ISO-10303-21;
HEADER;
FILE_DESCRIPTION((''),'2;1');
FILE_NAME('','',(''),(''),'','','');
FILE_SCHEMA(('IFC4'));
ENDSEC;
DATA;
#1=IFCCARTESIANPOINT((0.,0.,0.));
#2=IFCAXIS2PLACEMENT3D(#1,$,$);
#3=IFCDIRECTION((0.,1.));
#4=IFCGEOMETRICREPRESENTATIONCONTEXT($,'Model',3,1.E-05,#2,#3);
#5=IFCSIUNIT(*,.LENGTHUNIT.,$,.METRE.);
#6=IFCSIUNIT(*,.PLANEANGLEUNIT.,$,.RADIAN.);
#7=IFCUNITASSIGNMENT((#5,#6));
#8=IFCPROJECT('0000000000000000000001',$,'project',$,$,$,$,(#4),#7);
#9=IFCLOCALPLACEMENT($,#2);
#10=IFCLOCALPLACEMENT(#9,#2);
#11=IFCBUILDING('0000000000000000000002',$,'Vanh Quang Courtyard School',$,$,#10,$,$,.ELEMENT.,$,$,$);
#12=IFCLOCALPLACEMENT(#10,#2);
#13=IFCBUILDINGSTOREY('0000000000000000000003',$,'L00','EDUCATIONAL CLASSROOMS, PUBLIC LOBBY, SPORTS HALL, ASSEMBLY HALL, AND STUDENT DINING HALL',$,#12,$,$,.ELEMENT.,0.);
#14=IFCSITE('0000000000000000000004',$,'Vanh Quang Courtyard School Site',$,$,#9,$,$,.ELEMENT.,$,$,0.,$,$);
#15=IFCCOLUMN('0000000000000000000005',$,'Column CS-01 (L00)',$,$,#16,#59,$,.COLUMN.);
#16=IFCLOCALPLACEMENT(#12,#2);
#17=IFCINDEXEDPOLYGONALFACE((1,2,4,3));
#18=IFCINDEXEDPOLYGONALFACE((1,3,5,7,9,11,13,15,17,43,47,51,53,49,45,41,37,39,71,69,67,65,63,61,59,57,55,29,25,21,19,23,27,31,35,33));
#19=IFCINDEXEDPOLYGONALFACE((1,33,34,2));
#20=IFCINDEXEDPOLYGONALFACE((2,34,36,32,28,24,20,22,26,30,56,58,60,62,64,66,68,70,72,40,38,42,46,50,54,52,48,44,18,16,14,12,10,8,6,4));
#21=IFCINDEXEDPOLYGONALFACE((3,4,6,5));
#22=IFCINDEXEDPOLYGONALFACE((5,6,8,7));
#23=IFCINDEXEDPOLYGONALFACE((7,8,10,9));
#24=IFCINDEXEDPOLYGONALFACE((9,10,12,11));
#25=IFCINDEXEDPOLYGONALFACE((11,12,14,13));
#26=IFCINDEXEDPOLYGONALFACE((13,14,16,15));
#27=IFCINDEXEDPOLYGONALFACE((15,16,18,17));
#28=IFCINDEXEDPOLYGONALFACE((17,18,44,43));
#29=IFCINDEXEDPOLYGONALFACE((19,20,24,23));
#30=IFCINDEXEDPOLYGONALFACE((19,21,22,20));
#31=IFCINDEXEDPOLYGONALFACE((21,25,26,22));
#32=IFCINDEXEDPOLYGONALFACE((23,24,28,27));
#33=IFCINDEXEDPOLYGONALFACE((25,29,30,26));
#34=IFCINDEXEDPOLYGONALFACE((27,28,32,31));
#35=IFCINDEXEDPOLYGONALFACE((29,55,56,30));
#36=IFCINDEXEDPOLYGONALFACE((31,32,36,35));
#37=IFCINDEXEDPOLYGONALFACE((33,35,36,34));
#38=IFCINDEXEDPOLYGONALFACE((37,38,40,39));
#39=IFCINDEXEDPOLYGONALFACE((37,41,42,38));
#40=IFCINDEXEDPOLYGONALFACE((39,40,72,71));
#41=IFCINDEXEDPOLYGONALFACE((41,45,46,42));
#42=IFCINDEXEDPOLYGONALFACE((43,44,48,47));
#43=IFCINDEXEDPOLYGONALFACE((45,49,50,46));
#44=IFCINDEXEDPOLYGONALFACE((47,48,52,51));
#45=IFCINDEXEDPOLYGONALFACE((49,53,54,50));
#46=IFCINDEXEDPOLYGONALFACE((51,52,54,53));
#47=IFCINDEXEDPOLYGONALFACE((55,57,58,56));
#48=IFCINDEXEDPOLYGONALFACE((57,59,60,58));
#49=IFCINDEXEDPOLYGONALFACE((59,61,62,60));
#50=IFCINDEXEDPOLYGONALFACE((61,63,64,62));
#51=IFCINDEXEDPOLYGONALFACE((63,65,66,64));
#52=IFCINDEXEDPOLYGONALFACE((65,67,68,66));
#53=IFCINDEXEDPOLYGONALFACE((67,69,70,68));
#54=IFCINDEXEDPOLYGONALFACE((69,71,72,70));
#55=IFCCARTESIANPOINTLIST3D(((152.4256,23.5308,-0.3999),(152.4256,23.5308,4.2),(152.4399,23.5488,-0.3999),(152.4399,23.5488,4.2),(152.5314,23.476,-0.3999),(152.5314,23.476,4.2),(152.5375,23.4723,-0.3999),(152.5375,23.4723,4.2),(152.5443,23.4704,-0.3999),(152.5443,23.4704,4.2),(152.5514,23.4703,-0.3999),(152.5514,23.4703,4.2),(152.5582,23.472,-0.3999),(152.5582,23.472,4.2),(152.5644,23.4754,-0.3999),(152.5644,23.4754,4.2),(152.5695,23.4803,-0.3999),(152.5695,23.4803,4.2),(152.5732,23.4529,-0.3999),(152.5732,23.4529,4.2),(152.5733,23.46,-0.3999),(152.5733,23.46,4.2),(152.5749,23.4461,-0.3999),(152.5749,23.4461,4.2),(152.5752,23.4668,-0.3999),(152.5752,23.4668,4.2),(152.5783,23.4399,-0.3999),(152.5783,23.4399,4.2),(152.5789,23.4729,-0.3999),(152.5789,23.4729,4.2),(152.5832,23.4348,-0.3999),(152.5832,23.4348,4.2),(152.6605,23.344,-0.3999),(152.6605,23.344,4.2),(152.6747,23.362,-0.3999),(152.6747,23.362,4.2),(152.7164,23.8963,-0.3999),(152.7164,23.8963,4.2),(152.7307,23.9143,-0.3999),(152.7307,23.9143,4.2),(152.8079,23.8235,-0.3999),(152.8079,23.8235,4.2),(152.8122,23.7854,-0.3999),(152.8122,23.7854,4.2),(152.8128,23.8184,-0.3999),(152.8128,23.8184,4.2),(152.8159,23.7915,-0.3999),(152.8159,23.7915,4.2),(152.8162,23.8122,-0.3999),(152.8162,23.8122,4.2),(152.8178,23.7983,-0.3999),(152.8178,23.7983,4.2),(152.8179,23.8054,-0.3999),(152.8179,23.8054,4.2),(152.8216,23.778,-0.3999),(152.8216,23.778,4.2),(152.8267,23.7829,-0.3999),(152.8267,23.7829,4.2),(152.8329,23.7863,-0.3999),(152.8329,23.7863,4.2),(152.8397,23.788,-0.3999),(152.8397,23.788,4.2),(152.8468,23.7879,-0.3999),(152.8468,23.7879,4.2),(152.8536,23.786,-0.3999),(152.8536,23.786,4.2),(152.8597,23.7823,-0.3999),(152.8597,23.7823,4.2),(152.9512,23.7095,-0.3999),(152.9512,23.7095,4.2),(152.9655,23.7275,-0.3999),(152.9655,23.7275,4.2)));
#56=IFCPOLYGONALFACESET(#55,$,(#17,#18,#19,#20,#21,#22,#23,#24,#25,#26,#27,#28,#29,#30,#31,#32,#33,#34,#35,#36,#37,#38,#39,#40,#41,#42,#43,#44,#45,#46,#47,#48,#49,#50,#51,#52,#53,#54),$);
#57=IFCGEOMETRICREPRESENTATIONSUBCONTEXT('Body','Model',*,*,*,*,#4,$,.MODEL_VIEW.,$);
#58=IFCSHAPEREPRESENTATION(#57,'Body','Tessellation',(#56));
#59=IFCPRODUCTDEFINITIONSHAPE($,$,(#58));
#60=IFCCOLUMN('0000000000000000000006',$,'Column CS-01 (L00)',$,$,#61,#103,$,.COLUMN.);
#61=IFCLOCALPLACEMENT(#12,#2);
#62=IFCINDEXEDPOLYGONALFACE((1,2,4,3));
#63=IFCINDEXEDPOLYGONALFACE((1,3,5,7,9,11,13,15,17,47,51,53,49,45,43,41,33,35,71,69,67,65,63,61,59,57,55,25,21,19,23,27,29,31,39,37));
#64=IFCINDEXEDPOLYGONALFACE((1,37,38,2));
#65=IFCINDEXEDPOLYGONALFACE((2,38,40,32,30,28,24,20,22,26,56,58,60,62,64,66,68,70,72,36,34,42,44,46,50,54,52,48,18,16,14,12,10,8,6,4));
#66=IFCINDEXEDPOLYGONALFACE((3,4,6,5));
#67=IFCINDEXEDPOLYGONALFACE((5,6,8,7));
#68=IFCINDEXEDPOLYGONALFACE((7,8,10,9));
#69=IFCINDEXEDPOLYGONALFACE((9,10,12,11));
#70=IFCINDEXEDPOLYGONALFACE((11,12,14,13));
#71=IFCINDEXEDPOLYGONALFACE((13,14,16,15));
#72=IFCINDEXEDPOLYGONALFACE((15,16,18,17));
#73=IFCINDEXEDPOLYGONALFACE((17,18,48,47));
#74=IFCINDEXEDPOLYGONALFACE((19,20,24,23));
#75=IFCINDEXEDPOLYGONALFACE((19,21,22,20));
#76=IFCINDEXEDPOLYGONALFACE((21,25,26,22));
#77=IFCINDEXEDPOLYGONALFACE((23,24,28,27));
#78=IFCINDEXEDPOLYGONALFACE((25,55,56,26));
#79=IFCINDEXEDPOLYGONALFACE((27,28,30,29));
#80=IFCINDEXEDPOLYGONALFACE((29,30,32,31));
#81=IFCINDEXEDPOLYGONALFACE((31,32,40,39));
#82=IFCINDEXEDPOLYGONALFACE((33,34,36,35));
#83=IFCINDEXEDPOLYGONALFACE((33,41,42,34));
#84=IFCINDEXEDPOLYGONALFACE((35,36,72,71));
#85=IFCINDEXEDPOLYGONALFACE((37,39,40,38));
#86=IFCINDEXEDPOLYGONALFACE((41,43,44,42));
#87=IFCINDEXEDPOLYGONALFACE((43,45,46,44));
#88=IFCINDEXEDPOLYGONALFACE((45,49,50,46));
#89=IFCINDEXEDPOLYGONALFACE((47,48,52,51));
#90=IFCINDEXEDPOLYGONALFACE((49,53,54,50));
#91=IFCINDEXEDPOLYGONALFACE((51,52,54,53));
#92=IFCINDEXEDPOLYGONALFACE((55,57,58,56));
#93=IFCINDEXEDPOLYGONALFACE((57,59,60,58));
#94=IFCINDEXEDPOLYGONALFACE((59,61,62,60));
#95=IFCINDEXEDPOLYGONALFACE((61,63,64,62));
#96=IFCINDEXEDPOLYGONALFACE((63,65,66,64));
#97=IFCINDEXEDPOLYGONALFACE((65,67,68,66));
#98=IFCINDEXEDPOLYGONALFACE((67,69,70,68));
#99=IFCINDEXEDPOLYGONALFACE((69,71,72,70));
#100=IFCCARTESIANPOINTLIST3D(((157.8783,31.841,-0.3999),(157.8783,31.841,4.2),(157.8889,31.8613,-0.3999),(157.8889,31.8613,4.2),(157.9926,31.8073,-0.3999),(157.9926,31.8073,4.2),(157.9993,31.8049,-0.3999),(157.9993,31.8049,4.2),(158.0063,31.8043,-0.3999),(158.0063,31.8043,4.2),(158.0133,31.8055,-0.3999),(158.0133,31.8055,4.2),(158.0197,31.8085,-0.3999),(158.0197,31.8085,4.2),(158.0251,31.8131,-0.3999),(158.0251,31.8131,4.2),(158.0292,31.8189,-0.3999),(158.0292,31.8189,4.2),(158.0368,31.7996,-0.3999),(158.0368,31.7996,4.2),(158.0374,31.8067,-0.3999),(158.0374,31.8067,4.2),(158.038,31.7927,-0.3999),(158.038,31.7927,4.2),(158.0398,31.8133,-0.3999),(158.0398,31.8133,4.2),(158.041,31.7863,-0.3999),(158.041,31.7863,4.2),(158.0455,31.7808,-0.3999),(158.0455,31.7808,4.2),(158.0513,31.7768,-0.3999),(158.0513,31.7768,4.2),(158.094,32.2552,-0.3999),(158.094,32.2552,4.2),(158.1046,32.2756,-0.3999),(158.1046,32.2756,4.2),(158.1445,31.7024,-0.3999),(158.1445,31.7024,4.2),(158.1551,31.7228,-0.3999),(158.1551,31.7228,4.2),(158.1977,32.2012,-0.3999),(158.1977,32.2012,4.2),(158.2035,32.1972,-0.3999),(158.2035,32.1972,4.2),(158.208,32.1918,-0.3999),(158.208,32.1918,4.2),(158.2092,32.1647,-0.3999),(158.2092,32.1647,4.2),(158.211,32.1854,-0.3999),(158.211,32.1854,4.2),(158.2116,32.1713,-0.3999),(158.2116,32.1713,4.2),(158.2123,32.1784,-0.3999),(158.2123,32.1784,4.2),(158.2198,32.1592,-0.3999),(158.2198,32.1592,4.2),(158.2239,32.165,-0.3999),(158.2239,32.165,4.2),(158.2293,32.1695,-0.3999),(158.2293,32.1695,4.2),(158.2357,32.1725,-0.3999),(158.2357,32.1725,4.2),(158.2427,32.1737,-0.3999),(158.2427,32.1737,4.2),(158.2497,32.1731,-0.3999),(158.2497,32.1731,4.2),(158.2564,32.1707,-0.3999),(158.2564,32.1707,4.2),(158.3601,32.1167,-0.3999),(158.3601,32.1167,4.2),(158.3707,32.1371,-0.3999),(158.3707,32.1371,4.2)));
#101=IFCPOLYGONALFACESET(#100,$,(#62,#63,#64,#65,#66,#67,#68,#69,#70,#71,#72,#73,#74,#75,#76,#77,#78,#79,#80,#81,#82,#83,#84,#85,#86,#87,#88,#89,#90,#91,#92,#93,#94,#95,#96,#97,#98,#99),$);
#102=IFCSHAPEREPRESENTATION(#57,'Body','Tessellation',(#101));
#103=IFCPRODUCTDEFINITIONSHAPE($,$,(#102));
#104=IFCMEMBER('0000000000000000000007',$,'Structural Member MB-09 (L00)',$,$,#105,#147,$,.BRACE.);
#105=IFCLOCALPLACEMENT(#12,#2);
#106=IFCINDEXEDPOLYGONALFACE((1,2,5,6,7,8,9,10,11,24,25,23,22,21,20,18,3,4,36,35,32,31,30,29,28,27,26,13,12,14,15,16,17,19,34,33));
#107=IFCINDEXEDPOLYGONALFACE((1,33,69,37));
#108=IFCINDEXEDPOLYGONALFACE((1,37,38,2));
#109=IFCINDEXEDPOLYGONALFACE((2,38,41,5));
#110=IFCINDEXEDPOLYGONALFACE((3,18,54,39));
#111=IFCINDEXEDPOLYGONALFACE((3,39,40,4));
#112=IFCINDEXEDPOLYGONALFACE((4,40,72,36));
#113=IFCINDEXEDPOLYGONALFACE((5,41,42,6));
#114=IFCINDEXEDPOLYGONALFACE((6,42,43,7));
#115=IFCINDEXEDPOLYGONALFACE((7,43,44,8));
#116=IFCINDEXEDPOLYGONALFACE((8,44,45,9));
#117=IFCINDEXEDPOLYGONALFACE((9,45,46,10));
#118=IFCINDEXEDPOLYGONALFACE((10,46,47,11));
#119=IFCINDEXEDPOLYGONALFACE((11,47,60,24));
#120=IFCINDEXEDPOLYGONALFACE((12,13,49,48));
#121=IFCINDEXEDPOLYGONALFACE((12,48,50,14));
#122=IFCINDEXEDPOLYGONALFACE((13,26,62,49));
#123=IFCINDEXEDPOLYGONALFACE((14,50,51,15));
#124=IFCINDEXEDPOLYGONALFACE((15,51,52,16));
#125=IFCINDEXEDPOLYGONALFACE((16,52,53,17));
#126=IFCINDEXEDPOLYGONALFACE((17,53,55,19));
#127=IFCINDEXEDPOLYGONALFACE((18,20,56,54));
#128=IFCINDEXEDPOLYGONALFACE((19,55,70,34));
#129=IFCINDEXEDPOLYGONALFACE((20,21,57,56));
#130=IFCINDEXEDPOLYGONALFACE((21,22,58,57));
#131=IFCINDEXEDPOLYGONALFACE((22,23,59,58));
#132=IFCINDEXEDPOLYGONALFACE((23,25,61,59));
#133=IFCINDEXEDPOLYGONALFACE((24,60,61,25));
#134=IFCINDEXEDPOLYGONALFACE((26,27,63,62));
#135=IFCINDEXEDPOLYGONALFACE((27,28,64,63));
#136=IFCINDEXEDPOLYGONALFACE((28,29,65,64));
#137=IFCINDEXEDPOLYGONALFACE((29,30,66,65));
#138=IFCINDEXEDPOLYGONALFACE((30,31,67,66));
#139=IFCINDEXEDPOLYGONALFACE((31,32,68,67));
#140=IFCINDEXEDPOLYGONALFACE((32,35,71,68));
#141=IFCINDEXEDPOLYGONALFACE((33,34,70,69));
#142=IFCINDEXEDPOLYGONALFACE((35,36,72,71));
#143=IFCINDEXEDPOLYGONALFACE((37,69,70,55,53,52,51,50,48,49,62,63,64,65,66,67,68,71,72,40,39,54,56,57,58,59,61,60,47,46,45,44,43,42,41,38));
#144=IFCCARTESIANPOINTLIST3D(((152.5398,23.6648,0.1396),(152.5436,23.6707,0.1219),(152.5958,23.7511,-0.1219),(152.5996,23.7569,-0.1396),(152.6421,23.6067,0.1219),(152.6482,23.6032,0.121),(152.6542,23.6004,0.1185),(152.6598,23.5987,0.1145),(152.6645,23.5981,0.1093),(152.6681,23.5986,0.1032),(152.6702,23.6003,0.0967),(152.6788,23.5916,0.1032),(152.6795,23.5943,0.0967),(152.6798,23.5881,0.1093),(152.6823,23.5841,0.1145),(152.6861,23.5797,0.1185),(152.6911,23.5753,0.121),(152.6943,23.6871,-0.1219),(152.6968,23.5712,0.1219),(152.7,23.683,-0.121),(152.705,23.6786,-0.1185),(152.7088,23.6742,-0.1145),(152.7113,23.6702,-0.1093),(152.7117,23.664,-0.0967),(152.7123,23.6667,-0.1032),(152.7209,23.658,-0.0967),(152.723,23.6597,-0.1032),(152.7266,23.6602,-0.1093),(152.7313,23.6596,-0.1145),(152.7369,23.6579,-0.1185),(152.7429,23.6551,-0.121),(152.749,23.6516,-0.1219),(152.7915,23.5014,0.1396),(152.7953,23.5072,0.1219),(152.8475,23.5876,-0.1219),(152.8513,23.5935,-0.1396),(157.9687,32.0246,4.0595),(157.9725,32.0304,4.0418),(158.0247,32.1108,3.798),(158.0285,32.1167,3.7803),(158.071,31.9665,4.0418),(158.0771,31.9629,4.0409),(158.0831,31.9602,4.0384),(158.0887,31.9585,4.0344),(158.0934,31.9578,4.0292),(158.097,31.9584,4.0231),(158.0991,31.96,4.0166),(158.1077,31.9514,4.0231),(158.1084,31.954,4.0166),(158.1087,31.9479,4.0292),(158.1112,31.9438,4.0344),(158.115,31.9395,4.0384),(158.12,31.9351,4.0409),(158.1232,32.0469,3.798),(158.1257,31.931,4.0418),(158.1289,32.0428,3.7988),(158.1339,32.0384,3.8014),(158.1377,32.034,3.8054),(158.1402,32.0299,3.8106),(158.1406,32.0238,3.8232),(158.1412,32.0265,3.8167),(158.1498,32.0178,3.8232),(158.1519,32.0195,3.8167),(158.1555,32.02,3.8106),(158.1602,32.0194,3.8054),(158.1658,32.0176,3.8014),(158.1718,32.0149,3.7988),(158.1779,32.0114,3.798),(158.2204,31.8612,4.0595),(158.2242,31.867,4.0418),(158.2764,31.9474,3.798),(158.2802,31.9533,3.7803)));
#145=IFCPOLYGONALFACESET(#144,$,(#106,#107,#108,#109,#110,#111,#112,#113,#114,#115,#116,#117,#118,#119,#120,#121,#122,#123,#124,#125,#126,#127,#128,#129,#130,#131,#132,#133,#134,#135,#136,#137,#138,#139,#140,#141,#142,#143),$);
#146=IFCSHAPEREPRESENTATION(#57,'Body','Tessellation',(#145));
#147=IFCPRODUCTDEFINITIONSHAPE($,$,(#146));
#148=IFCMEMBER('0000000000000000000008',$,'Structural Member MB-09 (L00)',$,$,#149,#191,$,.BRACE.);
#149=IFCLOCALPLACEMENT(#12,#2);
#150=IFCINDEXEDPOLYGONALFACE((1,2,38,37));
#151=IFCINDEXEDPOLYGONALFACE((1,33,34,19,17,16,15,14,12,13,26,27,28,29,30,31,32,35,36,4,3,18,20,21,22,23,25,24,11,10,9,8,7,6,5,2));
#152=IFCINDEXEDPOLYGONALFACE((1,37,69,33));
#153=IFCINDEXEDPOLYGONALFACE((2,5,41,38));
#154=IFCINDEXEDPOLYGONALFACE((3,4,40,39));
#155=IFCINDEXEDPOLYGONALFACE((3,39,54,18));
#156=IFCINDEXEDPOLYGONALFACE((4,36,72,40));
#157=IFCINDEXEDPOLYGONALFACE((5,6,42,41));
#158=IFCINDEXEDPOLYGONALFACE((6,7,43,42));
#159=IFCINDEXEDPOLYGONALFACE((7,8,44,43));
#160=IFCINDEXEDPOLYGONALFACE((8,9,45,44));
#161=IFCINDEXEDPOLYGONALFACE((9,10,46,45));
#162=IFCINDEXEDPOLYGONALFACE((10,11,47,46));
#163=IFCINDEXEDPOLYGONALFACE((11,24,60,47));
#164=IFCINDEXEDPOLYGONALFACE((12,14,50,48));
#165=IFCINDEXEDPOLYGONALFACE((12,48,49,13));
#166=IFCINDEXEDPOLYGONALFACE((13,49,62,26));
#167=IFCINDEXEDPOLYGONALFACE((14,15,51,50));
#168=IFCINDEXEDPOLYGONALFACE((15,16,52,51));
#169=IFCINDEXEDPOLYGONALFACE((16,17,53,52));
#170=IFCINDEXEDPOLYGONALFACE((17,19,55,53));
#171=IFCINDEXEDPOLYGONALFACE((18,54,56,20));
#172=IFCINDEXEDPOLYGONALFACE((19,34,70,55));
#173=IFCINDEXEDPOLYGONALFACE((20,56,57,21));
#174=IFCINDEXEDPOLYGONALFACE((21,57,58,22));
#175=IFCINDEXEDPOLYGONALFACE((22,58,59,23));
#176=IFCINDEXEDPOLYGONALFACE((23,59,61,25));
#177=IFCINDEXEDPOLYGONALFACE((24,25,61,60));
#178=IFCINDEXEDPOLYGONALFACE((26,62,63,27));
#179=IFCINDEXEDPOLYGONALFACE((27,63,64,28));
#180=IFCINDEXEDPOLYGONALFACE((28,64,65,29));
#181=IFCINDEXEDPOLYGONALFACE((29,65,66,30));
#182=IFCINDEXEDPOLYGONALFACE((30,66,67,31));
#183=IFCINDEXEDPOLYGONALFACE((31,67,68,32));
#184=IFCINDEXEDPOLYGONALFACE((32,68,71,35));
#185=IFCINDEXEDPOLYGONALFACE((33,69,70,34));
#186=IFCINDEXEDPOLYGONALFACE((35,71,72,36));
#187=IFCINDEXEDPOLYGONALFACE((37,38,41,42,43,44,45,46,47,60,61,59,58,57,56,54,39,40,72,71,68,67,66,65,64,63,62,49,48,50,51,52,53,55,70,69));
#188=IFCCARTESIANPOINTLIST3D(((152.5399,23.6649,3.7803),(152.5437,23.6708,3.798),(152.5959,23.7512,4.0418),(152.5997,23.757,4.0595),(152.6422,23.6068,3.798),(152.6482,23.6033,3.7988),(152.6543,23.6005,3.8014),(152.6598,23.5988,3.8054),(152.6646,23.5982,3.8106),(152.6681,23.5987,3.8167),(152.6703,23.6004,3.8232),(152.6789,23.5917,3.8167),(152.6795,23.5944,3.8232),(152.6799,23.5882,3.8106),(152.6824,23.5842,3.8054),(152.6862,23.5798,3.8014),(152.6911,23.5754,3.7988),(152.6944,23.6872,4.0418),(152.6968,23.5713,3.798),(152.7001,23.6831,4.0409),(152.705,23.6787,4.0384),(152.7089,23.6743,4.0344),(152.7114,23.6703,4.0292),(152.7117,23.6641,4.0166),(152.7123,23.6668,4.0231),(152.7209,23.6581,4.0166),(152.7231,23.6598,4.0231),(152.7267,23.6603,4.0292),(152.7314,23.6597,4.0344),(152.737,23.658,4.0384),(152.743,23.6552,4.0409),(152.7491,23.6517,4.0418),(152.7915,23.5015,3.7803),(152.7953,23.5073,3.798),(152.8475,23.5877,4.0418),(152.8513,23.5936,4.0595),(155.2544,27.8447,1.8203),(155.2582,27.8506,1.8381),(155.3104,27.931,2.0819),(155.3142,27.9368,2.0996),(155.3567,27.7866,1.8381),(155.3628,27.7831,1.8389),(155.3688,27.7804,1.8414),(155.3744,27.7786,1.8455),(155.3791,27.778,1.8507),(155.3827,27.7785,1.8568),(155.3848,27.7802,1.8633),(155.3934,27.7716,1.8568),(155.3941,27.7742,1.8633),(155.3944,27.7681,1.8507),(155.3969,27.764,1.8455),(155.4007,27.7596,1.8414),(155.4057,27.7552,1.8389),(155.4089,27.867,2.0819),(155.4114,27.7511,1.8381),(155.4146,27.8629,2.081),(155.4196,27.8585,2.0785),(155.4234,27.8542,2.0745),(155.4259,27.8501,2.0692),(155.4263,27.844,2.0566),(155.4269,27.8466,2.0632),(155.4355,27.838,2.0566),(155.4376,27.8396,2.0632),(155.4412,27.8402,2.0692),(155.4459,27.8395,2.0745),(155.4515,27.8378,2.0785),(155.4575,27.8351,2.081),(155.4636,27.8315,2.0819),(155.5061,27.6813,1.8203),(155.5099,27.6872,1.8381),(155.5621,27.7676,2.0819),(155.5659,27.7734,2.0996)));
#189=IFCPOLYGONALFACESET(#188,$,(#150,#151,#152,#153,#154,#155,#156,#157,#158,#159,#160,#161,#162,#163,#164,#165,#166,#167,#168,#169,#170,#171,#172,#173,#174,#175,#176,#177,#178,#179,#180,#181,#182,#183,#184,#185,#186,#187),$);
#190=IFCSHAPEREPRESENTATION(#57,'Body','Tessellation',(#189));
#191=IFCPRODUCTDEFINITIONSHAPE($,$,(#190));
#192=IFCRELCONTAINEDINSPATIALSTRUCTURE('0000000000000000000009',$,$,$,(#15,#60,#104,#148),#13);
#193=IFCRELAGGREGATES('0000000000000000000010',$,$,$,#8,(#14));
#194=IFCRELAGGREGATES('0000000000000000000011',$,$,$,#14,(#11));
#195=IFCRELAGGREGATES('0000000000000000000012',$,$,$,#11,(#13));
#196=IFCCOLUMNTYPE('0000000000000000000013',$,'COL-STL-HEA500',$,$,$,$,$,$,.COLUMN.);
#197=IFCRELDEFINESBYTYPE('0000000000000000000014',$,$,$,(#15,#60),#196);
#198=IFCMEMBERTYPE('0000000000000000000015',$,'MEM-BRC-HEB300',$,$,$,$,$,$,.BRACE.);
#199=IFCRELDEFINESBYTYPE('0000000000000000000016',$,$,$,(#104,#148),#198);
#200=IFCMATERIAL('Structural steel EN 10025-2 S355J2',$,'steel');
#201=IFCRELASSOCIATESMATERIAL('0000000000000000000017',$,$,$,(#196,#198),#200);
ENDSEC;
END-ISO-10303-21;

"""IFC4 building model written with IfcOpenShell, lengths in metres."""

from ifc_helpers import new_model, si_unit, direction, frame, origin, origin_2d, place, context, subcontext, project, spatial, i_section, extrude, material, material_profile, profile_set, type_object, element, save


model = new_model("IFC4")

# Units and contexts
model_context = context("Model", 3, precision=1e-05, world=origin(), true_north=direction((0.0, 1.0)))
body_context = subcontext(model_context, "Body", "Model", "MODEL_VIEW")
ifc_project = project(units=[si_unit("LENGTHUNIT", "METRE"), si_unit("PLANEANGLEUNIT", "RADIAN")], contexts=[model_context])

# Site, building, storey
site_placement = place(None, origin())
site = spatial("IfcSite", under=ifc_project, at=site_placement, Name="Vanh Quang Courtyard School Site", CompositionType="ELEMENT", RefElevation=0.0)
building_placement = place(site_placement, origin())
building = spatial("IfcBuilding", under=site, at=building_placement, Name="Vanh Quang Courtyard School", CompositionType="ELEMENT")
storey_placement = place(building_placement, origin())
storey = spatial("IfcBuildingStorey", under=building, at=storey_placement, Name="L00", Description="EDUCATIONAL CLASSROOMS, PUBLIC LOBBY, SPORTS HALL, ASSEMBLY HALL, AND STUDENT DINING HALL", CompositionType="ELEMENT", Elevation=0.0)

# Columns
ifc_material_1 = material(Name="Structural steel EN 10025-2 S355J2", Category="steel")
ifc_material_profile_1 = material_profile(ifc_material_1, i_section(OverallWidth=0.3, OverallDepth=0.49, WebThickness=0.012, FlangeThickness=0.0229, FilletRadius=0.0271, at=origin_2d()), Name="HEA 500")
ifc_profile_set_1 = profile_set([ifc_material_profile_1], Name="Structural steel EN 10025-2 S355J2")
column_type_1 = type_object("IfcColumnType", Name="COL-STL-HEA500", PredefinedType="COLUMN", material=ifc_profile_set_1)
for number, where, z_axis, x_axis, name in (
    (1, (152.6956, 23.6292, -0.3999), (0.0, 0.0, 1.0), (0.782608, -0.622515, 0.0), "Column CS-01 (L00)"),
    (2, (158.1245, 31.989, -0.3999), (0.0, 0.0, 1.0), (0.887011, -0.461749, 0.0), "Column CS-01 (L00)"),
):
    element("IfcColumn", number, at=place(storey_placement, frame(where, z_axis=z_axis, x_axis=x_axis)), inside=storey, type_object=column_type_1, Name=name, PredefinedType="COLUMN", context=body_context, shape_type="SweptSolid", body=[
        extrude(i_section(OverallWidth=0.3, OverallDepth=0.49, WebThickness=0.012, FlangeThickness=0.0229, FilletRadius=0.0271, at=origin_2d()), origin(), (0.0, 0.0, 1.0), 4.5999),
    ])

# Members
ifc_material_profile_2 = material_profile(ifc_material_1, i_section(OverallWidth=0.3, OverallDepth=0.3, WebThickness=0.011, FlangeThickness=0.019, FilletRadius=0.0271, at=origin_2d()), Name="HEB 300")
ifc_profile_set_2 = profile_set([ifc_material_profile_2], Name="Structural steel EN 10025-2 S355J2")
member_type = type_object("IfcMemberType", Name="MEM-BRC-HEB300", PredefinedType="BRACE", material=ifc_profile_set_2)
member_1_placement = place(storey_placement, frame((152.6956, 23.6292, 0.0), z_axis=(0.506855, 0.780489, 0.36597), x_axis=(-0.838671, 0.544639, 0.0)))
element("IfcMember", 3, at=member_1_placement, inside=storey, type_object=member_type, Name="Structural Member MB-09 (L00)", PredefinedType="BRACE", context=body_context, shape_type="SweptSolid", body=[
    extrude(i_section(OverallWidth=0.3, OverallDepth=0.3, WebThickness=0.011, FlangeThickness=0.019, FilletRadius=0.0271, at=origin_2d()), origin(), (0.0, 0.0, 1.0), 10.7109),
])
member_2_placement = place(storey_placement, frame((155.4102, 27.8091, 1.96), z_axis=(-0.506872, -0.78048, 0.365966), x_axis=(0.83866, -0.544656, 0.0)))
element("IfcMember", 4, at=member_2_placement, inside=storey, type_object=member_type, Name="Structural Member MB-09 (L00)", PredefinedType="BRACE", context=body_context, shape_type="SweptSolid", body=[
    extrude(i_section(OverallWidth=0.3, OverallDepth=0.3, WebThickness=0.011, FlangeThickness=0.019, FilletRadius=0.0271, at=origin_2d()), origin(), (0.0, 0.0, 1.0), 5.3555),
])

save(model, "model.ifc")
